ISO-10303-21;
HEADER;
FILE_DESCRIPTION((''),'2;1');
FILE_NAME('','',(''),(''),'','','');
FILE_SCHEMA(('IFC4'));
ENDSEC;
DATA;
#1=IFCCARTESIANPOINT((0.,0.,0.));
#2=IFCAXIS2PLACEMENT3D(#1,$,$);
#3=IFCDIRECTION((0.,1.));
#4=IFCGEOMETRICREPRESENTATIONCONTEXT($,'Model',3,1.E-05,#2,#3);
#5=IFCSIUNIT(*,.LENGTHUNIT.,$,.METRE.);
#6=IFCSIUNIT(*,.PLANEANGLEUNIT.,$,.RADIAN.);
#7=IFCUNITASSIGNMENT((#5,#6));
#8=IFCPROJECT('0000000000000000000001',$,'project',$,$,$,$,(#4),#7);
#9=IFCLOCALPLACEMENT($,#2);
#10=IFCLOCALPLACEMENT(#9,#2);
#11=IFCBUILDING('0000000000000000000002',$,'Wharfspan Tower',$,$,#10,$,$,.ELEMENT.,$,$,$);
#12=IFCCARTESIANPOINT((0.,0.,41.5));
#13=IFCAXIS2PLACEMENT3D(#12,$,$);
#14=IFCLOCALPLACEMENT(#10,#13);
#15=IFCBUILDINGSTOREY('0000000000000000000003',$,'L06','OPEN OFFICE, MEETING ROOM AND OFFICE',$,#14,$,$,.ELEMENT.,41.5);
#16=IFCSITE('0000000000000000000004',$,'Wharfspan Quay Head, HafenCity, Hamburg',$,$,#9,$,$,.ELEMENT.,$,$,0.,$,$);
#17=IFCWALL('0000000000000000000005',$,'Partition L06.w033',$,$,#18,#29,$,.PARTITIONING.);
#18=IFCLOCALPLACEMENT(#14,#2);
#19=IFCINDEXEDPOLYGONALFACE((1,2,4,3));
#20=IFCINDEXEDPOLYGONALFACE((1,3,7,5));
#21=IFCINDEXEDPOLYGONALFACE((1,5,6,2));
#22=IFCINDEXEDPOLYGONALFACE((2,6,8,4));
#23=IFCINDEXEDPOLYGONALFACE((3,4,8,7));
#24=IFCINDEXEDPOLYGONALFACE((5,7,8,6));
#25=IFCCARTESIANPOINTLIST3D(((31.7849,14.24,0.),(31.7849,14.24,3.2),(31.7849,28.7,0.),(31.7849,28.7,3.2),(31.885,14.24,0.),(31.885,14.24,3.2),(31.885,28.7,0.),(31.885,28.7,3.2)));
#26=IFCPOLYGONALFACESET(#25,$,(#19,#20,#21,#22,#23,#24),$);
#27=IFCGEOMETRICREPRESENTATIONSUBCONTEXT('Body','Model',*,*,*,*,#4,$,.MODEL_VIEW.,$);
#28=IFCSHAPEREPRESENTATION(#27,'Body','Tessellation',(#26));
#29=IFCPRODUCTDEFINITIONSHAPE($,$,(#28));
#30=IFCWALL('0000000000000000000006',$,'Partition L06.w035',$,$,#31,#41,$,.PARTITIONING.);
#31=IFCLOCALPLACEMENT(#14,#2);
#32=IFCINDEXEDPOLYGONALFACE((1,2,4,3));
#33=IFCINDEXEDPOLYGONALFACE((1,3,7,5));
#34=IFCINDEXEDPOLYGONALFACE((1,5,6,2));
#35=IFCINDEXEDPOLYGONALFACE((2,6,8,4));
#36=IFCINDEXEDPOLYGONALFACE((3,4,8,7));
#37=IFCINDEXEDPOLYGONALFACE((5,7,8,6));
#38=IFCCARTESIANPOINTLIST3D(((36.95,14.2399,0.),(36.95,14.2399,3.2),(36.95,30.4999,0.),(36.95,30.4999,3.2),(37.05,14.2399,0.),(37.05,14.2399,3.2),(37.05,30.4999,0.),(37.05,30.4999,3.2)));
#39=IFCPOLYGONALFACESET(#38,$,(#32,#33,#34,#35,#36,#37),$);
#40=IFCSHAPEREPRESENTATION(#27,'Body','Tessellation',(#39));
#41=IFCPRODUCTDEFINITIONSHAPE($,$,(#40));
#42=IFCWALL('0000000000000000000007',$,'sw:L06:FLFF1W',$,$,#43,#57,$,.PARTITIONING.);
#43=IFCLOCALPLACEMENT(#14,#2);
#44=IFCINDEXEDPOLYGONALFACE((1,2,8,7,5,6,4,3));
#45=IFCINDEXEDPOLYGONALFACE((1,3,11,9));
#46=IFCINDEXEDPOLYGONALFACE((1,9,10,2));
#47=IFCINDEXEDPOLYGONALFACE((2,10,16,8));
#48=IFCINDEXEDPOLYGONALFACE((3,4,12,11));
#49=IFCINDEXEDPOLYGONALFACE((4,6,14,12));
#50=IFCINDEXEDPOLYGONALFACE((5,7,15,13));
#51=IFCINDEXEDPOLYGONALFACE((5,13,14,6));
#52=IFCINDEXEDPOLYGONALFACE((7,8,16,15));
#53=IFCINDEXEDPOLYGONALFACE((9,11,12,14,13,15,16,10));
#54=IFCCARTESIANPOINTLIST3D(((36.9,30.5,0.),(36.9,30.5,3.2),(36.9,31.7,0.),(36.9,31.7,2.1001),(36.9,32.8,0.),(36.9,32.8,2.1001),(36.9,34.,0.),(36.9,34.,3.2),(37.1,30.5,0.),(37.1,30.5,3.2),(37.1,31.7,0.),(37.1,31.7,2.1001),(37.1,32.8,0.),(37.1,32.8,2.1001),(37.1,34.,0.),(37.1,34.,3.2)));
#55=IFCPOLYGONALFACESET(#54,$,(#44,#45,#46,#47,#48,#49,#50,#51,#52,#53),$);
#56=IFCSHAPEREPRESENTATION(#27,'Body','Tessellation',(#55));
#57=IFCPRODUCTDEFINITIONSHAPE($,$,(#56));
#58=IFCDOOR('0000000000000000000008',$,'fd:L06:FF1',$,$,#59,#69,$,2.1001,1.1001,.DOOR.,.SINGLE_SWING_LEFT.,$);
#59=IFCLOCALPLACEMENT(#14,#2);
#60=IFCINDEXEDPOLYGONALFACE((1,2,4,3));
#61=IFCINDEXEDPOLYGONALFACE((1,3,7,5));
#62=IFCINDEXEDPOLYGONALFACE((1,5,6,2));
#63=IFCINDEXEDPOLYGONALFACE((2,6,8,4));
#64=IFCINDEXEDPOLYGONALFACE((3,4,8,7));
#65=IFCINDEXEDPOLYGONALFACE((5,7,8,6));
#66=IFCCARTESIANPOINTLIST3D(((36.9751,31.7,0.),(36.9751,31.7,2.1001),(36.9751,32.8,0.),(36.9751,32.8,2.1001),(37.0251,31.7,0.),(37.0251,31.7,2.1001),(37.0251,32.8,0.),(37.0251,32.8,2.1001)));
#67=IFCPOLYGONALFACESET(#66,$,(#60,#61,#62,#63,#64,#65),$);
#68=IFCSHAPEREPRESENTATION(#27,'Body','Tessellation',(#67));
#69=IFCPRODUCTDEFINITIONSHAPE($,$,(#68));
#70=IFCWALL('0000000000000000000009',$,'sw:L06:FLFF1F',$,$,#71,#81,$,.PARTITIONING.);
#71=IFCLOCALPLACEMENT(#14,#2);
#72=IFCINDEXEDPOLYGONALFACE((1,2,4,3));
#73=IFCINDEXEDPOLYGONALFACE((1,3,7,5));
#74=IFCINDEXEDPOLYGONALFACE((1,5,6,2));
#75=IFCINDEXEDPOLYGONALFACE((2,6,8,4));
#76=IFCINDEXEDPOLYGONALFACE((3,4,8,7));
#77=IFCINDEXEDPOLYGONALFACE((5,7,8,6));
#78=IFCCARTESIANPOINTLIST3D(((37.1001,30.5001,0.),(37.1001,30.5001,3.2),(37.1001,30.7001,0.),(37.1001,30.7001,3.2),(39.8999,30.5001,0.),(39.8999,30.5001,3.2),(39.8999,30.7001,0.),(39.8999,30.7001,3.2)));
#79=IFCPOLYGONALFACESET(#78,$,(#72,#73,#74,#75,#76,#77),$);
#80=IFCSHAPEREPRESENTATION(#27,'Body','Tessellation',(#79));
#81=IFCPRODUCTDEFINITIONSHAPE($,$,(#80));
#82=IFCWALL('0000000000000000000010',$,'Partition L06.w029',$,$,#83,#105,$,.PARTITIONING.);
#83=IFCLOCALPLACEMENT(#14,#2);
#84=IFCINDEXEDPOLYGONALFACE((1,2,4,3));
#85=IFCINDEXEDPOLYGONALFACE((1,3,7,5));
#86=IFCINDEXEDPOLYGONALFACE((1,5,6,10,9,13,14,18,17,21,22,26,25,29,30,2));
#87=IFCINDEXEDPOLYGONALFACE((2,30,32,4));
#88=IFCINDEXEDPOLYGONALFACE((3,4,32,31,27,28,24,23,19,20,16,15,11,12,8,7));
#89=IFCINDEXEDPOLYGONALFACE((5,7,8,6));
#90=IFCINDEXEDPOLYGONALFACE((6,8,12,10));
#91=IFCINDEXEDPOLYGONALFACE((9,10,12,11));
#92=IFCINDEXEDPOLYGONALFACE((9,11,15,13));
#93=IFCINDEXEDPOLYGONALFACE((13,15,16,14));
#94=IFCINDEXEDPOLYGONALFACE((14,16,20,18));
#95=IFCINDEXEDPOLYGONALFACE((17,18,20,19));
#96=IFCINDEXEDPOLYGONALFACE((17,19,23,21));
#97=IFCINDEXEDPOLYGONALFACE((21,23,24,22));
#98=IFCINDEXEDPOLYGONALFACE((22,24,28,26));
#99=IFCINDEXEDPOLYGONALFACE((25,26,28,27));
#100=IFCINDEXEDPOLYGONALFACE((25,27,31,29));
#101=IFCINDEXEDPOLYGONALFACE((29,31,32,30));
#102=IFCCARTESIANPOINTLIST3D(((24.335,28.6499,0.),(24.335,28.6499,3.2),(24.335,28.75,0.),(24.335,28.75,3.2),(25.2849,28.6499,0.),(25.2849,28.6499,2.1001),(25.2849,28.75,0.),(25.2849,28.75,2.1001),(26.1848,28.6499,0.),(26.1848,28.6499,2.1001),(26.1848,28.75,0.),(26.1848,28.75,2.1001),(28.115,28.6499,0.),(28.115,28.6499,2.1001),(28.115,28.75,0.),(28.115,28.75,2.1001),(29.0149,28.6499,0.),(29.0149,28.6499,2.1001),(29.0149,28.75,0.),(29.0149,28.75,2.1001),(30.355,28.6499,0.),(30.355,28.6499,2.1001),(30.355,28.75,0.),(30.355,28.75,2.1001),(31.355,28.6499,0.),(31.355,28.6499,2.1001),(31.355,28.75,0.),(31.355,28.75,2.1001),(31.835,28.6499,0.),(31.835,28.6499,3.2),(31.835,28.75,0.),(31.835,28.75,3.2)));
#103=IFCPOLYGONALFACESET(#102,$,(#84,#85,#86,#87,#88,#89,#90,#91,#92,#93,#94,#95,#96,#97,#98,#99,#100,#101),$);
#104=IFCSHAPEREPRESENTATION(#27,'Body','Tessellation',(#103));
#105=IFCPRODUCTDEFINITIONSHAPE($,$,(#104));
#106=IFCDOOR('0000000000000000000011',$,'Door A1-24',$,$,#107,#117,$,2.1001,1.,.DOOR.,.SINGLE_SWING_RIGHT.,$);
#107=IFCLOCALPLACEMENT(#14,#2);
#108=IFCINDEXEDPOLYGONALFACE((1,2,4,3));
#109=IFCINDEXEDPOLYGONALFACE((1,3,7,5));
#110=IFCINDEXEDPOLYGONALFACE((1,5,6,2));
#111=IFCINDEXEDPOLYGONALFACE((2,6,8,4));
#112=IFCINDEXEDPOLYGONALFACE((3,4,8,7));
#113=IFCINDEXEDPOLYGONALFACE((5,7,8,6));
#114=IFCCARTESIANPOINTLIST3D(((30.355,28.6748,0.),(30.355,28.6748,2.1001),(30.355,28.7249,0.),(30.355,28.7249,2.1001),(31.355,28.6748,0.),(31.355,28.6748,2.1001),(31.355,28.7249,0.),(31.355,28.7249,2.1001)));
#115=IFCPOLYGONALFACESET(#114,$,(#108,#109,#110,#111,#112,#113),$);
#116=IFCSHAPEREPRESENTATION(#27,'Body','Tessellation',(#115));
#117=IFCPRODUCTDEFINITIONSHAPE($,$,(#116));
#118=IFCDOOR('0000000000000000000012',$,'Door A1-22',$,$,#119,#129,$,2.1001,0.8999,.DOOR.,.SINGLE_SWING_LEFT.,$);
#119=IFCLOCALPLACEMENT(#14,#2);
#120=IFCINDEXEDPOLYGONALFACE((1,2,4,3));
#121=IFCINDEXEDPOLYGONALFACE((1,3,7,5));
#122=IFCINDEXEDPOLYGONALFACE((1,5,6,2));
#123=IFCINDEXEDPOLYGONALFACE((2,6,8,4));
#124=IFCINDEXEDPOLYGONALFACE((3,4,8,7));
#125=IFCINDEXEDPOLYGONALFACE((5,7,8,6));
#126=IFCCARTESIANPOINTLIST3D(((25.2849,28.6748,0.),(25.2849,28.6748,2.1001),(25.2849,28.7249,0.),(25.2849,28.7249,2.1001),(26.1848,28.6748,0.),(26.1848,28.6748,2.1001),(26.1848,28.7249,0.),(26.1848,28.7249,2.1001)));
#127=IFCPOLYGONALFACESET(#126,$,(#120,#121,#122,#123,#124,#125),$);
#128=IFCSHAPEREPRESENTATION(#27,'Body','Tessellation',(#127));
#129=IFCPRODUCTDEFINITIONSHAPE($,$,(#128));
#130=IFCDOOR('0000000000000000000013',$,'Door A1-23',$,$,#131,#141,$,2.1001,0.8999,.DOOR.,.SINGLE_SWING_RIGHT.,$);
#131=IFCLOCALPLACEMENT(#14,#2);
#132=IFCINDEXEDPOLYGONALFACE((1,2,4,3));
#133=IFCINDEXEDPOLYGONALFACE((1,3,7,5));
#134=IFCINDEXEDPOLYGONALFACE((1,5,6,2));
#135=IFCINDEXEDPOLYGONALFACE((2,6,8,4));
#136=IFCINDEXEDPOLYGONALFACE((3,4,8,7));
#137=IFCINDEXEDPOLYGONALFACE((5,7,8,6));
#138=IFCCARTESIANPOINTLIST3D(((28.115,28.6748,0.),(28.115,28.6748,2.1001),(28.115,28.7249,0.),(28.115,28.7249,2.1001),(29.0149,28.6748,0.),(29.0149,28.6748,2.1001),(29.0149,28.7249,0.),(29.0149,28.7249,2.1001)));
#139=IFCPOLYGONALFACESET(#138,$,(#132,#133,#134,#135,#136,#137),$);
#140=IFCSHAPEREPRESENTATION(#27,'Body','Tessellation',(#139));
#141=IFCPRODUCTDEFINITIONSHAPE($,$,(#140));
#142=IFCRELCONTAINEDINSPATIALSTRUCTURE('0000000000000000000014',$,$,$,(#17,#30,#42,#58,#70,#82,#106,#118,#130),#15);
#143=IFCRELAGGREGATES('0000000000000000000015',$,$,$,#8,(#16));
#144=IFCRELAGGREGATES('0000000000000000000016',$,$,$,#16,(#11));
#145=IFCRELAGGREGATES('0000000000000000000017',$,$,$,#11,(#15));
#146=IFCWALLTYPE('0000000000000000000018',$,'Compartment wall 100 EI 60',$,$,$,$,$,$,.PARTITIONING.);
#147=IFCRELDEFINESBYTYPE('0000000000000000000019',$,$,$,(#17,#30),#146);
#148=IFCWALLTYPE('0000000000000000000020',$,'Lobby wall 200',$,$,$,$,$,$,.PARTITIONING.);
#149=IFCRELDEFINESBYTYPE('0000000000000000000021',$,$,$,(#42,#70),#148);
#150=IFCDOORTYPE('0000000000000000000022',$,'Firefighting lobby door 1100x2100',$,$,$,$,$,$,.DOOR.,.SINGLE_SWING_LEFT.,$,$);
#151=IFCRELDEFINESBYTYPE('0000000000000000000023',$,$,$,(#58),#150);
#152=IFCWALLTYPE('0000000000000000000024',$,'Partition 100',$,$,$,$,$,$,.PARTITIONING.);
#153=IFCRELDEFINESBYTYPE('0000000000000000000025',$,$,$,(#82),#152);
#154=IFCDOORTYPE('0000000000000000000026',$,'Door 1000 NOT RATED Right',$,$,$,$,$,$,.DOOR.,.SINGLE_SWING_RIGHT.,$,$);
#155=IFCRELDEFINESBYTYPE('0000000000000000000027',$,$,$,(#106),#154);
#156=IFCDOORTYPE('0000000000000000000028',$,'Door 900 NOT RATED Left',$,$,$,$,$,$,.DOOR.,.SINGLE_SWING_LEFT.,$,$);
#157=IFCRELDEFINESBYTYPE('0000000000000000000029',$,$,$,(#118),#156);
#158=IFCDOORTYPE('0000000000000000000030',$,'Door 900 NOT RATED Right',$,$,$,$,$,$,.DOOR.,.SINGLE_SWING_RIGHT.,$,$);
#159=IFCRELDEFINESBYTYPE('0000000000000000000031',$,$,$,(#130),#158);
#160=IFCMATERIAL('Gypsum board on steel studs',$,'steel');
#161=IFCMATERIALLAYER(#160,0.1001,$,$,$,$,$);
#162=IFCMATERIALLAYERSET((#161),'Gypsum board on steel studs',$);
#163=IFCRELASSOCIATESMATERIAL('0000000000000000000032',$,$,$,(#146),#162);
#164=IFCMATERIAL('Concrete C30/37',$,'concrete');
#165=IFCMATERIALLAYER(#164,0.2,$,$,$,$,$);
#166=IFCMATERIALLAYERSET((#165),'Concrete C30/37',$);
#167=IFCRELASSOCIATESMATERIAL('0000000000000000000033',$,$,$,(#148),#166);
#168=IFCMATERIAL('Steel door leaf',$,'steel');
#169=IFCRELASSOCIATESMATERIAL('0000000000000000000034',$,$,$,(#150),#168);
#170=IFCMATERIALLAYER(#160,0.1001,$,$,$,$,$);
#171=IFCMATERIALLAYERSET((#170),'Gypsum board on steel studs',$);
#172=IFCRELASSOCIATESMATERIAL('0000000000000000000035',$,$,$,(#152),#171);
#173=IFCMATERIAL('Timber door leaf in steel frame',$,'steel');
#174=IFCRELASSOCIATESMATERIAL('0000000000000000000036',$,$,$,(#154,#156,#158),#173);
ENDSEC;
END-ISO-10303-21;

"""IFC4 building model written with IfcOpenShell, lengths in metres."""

from ifc_helpers import new_model, si_unit, direction, frame, frame_2d, origin, place, context, subcontext, project, spatial, rectangle, extrude, material, layer, layer_set, type_object, element, fill, save


model = new_model("IFC4")

# Units and contexts
model_context = context("Model", 3, precision=1e-05, world=origin(), true_north=direction((0.0, 1.0)))
body_context = subcontext(model_context, "Body", "Model", "MODEL_VIEW")
ifc_project = project(units=[si_unit("LENGTHUNIT", "METRE"), si_unit("PLANEANGLEUNIT", "RADIAN")], contexts=[model_context])

# Site, building, storey
site_placement = place(None, origin())
site = spatial("IfcSite", under=ifc_project, at=site_placement, Name="Wharfspan Quay Head, HafenCity, Hamburg", CompositionType="ELEMENT", RefElevation=0.0)
building_placement = place(site_placement, origin())
building = spatial("IfcBuilding", under=site, at=building_placement, Name="Wharfspan Tower", CompositionType="ELEMENT")
storey_placement = place(building_placement, frame((0.0, 0.0, 41.5)))
storey = spatial("IfcBuildingStorey", under=building, at=storey_placement, Name="L06", Description="OPEN OFFICE, MEETING ROOM AND OFFICE", CompositionType="ELEMENT", Elevation=41.5)

# Shared definitions
ifc_material_1 = material(Name="Gypsum board on steel studs", Category="steel")
ifc_layer_1 = layer(ifc_material_1, 0.1001)
ifc_layer_set_1 = layer_set([ifc_layer_1], Name="Gypsum board on steel studs")
wall_type_1 = type_object("IfcWallType", Name="Compartment wall 100 EI 60", PredefinedType="PARTITIONING", material=ifc_layer_set_1)

# Walls
for number, where, z_axis, x_axis, name in (
    (1, (31.835, 14.24, 0.0), (0.0, 0.0, 1.0), (0.0, 1.0, 0.0), "Partition L06.w033"),
):
    element("IfcWall", number, at=place(storey_placement, frame(where, z_axis=z_axis, x_axis=x_axis)), inside=storey, type_object=wall_type_1, Name=name, PredefinedType="PARTITIONING", context=body_context, shape_type="SweptSolid", body=[
        extrude(rectangle(XDim=14.46, YDim=0.1001, at=frame_2d((7.23, 0.0))), origin(), (0.0, 0.0, 1.0), 3.2),
    ])
wall_1_placement = place(storey_placement, frame((37.0, 14.24, 0.0), z_axis=(0.0, 0.0, 1.0), x_axis=(0.0, 1.0, 0.0)))
element("IfcWall", 2, at=wall_1_placement, inside=storey, type_object=wall_type_1, Name="Partition L06.w035", PredefinedType="PARTITIONING", context=body_context, shape_type="SweptSolid", body=[
    extrude(rectangle(XDim=16.26, YDim=0.1001, at=frame_2d((8.1299, 0.0))), origin(), (0.0, 0.0, 1.0), 3.2),
])

# Wall, opening, door
ifc_material_2 = material(Name="Concrete C30/37", Category="concrete")
ifc_layer_2 = layer(ifc_material_2, 0.2)
ifc_layer_set_2 = layer_set([ifc_layer_2], Name="Concrete C30/37")
wall_type_2 = type_object("IfcWallType", Name="Lobby wall 200", PredefinedType="PARTITIONING", material=ifc_layer_set_2)
wall_2_placement = place(storey_placement, frame((37.0, 30.5, 0.0), z_axis=(0.0, 0.0, 1.0), x_axis=(0.0, 1.0, 0.0)))
wall_2 = element("IfcWall", 3, at=wall_2_placement, inside=storey, type_object=wall_type_2, Name="sw:L06:FLFF1W", PredefinedType="PARTITIONING", context=body_context, shape_type="SweptSolid", body=[
    extrude(rectangle(XDim=3.5, YDim=0.2, at=frame_2d((1.75, 0.0))), origin(), (0.0, 0.0, 1.0), 3.2),
])
opening_1_placement = place(wall_2_placement, frame((1.2, 0.0, 0.0)))
opening_1 = element("IfcOpeningElement", 4, at=opening_1_placement, cuts=wall_2, PredefinedType="OPENING", context=body_context, shape_type="SweptSolid", body=[
    extrude(rectangle(XDim=1.1001, YDim=2.1001, at=frame_2d((0.55, 1.05))), frame((0.0, 0.1099, 0.0), z_axis=(0.0, -1.0, 0.0), x_axis=(1.0, 0.0, 0.0)), (0.0, 0.0, 1.0), 0.22),
])
ifc_material_3 = material(Name="Steel door leaf", Category="steel")
door_type_1 = type_object("IfcDoorType", Name="Firefighting lobby door 1100x2100", OperationType="SINGLE_SWING_LEFT", PredefinedType="DOOR", material=ifc_material_3)
door_1_placement = place(opening_1_placement, origin())
door_1 = element("IfcDoor", 5, at=door_1_placement, inside=storey, type_object=door_type_1, Name="fd:L06:FF1", OperationType="SINGLE_SWING_LEFT", OverallHeight=2.1001, OverallWidth=1.1001, PredefinedType="DOOR", context=body_context, shape_type="SweptSolid", body=[
    extrude(rectangle(XDim=1.1001, YDim=2.1001, at=frame_2d((0.55, 1.05))), frame((0.0, 0.0249, 0.0), z_axis=(0.0, -1.0, 0.0), x_axis=(1.0, 0.0, 0.0)), (0.0, 0.0, 1.0), 0.05),
])
fill(opening_1, door_1)

# Wall
wall_3_placement = place(storey_placement, frame((37.1001, 30.6001, 0.0), z_axis=(0.0, 0.0, 1.0), x_axis=(1.0, 0.0, 0.0)))
element("IfcWall", 6, at=wall_3_placement, inside=storey, type_object=wall_type_2, Name="sw:L06:FLFF1F", PredefinedType="PARTITIONING", context=body_context, shape_type="SweptSolid", body=[
    extrude(rectangle(XDim=2.7998, YDim=0.2, at=frame_2d((1.3999, 0.0))), origin(), (0.0, 0.0, 1.0), 3.2),
])

# Wall, openings, doors
ifc_layer_3 = layer(ifc_material_1, 0.1001)
ifc_layer_set_3 = layer_set([ifc_layer_3], Name="Gypsum board on steel studs")
wall_type_3 = type_object("IfcWallType", Name="Partition 100", PredefinedType="PARTITIONING", material=ifc_layer_set_3)
wall_4_placement = place(storey_placement, frame((24.335, 28.7, 0.0), z_axis=(0.0, 0.0, 1.0), x_axis=(1.0, 0.0, 0.0)))
wall_4 = element("IfcWall", 7, at=wall_4_placement, inside=storey, type_object=wall_type_3, Name="Partition L06.w029", PredefinedType="PARTITIONING", context=body_context, shape_type="SweptSolid", body=[
    extrude(rectangle(XDim=7.5, YDim=0.1001, at=frame_2d((3.75, 0.0))), origin(), (0.0, 0.0, 1.0), 3.2),
])
opening_2_placement = place(wall_4_placement, frame((0.95, 0.0, 0.0)))
opening_2 = element("IfcOpeningElement", 8, at=opening_2_placement, cuts=wall_4, PredefinedType="OPENING", context=body_context, shape_type="SweptSolid", body=[
    extrude(rectangle(XDim=0.8999, YDim=2.1001, at=frame_2d((0.45, 1.05))), frame((0.0, 0.0601, 0.0), z_axis=(0.0, -1.0, 0.0), x_axis=(1.0, 0.0, 0.0)), (0.0, 0.0, 1.0), 0.1201),
])
opening_3_placement = place(wall_4_placement, frame((3.78, 0.0, 0.0)))
opening_3 = element("IfcOpeningElement", 9, at=opening_3_placement, cuts=wall_4, PredefinedType="OPENING", context=body_context, shape_type="SweptSolid", body=[
    extrude(rectangle(XDim=0.8999, YDim=2.1001, at=frame_2d((0.45, 1.05))), frame((0.0, 0.0601, 0.0), z_axis=(0.0, -1.0, 0.0), x_axis=(1.0, 0.0, 0.0)), (0.0, 0.0, 1.0), 0.1201),
])
opening_4_placement = place(wall_4_placement, frame((6.02, 0.0, 0.0)))
opening_4 = element("IfcOpeningElement", 10, at=opening_4_placement, cuts=wall_4, PredefinedType="OPENING", context=body_context, shape_type="SweptSolid", body=[
    extrude(rectangle(XDim=1.0, YDim=2.1001, at=frame_2d((0.5, 1.05))), frame((0.0, 0.0601, 0.0), z_axis=(0.0, -1.0, 0.0), x_axis=(1.0, 0.0, 0.0)), (0.0, 0.0, 1.0), 0.1201),
])
ifc_material_4 = material(Name="Timber door leaf in steel frame", Category="steel")
door_type_2 = type_object("IfcDoorType", Name="Door 1000 NOT RATED Right", OperationType="SINGLE_SWING_RIGHT", PredefinedType="DOOR", material=ifc_material_4)
door_2_placement = place(opening_4_placement, origin())
door_2 = element("IfcDoor", 11, at=door_2_placement, inside=storey, type_object=door_type_2, Name="Door A1-24", OperationType="SINGLE_SWING_RIGHT", OverallHeight=2.1001, OverallWidth=1.0, PredefinedType="DOOR", context=body_context, shape_type="SweptSolid", body=[
    extrude(rectangle(XDim=1.0, YDim=2.1001, at=frame_2d((0.5, 1.05))), frame((0.0, 0.0249, 0.0), z_axis=(0.0, -1.0, 0.0), x_axis=(1.0, 0.0, 0.0)), (0.0, 0.0, 1.0), 0.05),
])
fill(opening_4, door_2)
door_type_3 = type_object("IfcDoorType", Name="Door 900 NOT RATED Left", OperationType="SINGLE_SWING_LEFT", PredefinedType="DOOR", material=ifc_material_4)
door_3_placement = place(opening_2_placement, origin())
door_3 = element("IfcDoor", 12, at=door_3_placement, inside=storey, type_object=door_type_3, Name="Door A1-22", OperationType="SINGLE_SWING_LEFT", OverallHeight=2.1001, OverallWidth=0.8999, PredefinedType="DOOR", context=body_context, shape_type="SweptSolid", body=[
    extrude(rectangle(XDim=0.8999, YDim=2.1001, at=frame_2d((0.45, 1.05))), frame((0.0, 0.0249, 0.0), z_axis=(0.0, -1.0, 0.0), x_axis=(1.0, 0.0, 0.0)), (0.0, 0.0, 1.0), 0.05),
])
fill(opening_2, door_3)
door_type_4 = type_object("IfcDoorType", Name="Door 900 NOT RATED Right", OperationType="SINGLE_SWING_RIGHT", PredefinedType="DOOR", material=ifc_material_4)
door_4_placement = place(opening_3_placement, origin())
door_4 = element("IfcDoor", 13, at=door_4_placement, inside=storey, type_object=door_type_4, Name="Door A1-23", OperationType="SINGLE_SWING_RIGHT", OverallHeight=2.1001, OverallWidth=0.8999, PredefinedType="DOOR", context=body_context, shape_type="SweptSolid", body=[
    extrude(rectangle(XDim=0.8999, YDim=2.1001, at=frame_2d((0.45, 1.05))), frame((0.0, 0.0249, 0.0), z_axis=(0.0, -1.0, 0.0), x_axis=(1.0, 0.0, 0.0)), (0.0, 0.0, 1.0), 0.05),
])
fill(opening_3, door_4)

save(model, "model.ifc")
